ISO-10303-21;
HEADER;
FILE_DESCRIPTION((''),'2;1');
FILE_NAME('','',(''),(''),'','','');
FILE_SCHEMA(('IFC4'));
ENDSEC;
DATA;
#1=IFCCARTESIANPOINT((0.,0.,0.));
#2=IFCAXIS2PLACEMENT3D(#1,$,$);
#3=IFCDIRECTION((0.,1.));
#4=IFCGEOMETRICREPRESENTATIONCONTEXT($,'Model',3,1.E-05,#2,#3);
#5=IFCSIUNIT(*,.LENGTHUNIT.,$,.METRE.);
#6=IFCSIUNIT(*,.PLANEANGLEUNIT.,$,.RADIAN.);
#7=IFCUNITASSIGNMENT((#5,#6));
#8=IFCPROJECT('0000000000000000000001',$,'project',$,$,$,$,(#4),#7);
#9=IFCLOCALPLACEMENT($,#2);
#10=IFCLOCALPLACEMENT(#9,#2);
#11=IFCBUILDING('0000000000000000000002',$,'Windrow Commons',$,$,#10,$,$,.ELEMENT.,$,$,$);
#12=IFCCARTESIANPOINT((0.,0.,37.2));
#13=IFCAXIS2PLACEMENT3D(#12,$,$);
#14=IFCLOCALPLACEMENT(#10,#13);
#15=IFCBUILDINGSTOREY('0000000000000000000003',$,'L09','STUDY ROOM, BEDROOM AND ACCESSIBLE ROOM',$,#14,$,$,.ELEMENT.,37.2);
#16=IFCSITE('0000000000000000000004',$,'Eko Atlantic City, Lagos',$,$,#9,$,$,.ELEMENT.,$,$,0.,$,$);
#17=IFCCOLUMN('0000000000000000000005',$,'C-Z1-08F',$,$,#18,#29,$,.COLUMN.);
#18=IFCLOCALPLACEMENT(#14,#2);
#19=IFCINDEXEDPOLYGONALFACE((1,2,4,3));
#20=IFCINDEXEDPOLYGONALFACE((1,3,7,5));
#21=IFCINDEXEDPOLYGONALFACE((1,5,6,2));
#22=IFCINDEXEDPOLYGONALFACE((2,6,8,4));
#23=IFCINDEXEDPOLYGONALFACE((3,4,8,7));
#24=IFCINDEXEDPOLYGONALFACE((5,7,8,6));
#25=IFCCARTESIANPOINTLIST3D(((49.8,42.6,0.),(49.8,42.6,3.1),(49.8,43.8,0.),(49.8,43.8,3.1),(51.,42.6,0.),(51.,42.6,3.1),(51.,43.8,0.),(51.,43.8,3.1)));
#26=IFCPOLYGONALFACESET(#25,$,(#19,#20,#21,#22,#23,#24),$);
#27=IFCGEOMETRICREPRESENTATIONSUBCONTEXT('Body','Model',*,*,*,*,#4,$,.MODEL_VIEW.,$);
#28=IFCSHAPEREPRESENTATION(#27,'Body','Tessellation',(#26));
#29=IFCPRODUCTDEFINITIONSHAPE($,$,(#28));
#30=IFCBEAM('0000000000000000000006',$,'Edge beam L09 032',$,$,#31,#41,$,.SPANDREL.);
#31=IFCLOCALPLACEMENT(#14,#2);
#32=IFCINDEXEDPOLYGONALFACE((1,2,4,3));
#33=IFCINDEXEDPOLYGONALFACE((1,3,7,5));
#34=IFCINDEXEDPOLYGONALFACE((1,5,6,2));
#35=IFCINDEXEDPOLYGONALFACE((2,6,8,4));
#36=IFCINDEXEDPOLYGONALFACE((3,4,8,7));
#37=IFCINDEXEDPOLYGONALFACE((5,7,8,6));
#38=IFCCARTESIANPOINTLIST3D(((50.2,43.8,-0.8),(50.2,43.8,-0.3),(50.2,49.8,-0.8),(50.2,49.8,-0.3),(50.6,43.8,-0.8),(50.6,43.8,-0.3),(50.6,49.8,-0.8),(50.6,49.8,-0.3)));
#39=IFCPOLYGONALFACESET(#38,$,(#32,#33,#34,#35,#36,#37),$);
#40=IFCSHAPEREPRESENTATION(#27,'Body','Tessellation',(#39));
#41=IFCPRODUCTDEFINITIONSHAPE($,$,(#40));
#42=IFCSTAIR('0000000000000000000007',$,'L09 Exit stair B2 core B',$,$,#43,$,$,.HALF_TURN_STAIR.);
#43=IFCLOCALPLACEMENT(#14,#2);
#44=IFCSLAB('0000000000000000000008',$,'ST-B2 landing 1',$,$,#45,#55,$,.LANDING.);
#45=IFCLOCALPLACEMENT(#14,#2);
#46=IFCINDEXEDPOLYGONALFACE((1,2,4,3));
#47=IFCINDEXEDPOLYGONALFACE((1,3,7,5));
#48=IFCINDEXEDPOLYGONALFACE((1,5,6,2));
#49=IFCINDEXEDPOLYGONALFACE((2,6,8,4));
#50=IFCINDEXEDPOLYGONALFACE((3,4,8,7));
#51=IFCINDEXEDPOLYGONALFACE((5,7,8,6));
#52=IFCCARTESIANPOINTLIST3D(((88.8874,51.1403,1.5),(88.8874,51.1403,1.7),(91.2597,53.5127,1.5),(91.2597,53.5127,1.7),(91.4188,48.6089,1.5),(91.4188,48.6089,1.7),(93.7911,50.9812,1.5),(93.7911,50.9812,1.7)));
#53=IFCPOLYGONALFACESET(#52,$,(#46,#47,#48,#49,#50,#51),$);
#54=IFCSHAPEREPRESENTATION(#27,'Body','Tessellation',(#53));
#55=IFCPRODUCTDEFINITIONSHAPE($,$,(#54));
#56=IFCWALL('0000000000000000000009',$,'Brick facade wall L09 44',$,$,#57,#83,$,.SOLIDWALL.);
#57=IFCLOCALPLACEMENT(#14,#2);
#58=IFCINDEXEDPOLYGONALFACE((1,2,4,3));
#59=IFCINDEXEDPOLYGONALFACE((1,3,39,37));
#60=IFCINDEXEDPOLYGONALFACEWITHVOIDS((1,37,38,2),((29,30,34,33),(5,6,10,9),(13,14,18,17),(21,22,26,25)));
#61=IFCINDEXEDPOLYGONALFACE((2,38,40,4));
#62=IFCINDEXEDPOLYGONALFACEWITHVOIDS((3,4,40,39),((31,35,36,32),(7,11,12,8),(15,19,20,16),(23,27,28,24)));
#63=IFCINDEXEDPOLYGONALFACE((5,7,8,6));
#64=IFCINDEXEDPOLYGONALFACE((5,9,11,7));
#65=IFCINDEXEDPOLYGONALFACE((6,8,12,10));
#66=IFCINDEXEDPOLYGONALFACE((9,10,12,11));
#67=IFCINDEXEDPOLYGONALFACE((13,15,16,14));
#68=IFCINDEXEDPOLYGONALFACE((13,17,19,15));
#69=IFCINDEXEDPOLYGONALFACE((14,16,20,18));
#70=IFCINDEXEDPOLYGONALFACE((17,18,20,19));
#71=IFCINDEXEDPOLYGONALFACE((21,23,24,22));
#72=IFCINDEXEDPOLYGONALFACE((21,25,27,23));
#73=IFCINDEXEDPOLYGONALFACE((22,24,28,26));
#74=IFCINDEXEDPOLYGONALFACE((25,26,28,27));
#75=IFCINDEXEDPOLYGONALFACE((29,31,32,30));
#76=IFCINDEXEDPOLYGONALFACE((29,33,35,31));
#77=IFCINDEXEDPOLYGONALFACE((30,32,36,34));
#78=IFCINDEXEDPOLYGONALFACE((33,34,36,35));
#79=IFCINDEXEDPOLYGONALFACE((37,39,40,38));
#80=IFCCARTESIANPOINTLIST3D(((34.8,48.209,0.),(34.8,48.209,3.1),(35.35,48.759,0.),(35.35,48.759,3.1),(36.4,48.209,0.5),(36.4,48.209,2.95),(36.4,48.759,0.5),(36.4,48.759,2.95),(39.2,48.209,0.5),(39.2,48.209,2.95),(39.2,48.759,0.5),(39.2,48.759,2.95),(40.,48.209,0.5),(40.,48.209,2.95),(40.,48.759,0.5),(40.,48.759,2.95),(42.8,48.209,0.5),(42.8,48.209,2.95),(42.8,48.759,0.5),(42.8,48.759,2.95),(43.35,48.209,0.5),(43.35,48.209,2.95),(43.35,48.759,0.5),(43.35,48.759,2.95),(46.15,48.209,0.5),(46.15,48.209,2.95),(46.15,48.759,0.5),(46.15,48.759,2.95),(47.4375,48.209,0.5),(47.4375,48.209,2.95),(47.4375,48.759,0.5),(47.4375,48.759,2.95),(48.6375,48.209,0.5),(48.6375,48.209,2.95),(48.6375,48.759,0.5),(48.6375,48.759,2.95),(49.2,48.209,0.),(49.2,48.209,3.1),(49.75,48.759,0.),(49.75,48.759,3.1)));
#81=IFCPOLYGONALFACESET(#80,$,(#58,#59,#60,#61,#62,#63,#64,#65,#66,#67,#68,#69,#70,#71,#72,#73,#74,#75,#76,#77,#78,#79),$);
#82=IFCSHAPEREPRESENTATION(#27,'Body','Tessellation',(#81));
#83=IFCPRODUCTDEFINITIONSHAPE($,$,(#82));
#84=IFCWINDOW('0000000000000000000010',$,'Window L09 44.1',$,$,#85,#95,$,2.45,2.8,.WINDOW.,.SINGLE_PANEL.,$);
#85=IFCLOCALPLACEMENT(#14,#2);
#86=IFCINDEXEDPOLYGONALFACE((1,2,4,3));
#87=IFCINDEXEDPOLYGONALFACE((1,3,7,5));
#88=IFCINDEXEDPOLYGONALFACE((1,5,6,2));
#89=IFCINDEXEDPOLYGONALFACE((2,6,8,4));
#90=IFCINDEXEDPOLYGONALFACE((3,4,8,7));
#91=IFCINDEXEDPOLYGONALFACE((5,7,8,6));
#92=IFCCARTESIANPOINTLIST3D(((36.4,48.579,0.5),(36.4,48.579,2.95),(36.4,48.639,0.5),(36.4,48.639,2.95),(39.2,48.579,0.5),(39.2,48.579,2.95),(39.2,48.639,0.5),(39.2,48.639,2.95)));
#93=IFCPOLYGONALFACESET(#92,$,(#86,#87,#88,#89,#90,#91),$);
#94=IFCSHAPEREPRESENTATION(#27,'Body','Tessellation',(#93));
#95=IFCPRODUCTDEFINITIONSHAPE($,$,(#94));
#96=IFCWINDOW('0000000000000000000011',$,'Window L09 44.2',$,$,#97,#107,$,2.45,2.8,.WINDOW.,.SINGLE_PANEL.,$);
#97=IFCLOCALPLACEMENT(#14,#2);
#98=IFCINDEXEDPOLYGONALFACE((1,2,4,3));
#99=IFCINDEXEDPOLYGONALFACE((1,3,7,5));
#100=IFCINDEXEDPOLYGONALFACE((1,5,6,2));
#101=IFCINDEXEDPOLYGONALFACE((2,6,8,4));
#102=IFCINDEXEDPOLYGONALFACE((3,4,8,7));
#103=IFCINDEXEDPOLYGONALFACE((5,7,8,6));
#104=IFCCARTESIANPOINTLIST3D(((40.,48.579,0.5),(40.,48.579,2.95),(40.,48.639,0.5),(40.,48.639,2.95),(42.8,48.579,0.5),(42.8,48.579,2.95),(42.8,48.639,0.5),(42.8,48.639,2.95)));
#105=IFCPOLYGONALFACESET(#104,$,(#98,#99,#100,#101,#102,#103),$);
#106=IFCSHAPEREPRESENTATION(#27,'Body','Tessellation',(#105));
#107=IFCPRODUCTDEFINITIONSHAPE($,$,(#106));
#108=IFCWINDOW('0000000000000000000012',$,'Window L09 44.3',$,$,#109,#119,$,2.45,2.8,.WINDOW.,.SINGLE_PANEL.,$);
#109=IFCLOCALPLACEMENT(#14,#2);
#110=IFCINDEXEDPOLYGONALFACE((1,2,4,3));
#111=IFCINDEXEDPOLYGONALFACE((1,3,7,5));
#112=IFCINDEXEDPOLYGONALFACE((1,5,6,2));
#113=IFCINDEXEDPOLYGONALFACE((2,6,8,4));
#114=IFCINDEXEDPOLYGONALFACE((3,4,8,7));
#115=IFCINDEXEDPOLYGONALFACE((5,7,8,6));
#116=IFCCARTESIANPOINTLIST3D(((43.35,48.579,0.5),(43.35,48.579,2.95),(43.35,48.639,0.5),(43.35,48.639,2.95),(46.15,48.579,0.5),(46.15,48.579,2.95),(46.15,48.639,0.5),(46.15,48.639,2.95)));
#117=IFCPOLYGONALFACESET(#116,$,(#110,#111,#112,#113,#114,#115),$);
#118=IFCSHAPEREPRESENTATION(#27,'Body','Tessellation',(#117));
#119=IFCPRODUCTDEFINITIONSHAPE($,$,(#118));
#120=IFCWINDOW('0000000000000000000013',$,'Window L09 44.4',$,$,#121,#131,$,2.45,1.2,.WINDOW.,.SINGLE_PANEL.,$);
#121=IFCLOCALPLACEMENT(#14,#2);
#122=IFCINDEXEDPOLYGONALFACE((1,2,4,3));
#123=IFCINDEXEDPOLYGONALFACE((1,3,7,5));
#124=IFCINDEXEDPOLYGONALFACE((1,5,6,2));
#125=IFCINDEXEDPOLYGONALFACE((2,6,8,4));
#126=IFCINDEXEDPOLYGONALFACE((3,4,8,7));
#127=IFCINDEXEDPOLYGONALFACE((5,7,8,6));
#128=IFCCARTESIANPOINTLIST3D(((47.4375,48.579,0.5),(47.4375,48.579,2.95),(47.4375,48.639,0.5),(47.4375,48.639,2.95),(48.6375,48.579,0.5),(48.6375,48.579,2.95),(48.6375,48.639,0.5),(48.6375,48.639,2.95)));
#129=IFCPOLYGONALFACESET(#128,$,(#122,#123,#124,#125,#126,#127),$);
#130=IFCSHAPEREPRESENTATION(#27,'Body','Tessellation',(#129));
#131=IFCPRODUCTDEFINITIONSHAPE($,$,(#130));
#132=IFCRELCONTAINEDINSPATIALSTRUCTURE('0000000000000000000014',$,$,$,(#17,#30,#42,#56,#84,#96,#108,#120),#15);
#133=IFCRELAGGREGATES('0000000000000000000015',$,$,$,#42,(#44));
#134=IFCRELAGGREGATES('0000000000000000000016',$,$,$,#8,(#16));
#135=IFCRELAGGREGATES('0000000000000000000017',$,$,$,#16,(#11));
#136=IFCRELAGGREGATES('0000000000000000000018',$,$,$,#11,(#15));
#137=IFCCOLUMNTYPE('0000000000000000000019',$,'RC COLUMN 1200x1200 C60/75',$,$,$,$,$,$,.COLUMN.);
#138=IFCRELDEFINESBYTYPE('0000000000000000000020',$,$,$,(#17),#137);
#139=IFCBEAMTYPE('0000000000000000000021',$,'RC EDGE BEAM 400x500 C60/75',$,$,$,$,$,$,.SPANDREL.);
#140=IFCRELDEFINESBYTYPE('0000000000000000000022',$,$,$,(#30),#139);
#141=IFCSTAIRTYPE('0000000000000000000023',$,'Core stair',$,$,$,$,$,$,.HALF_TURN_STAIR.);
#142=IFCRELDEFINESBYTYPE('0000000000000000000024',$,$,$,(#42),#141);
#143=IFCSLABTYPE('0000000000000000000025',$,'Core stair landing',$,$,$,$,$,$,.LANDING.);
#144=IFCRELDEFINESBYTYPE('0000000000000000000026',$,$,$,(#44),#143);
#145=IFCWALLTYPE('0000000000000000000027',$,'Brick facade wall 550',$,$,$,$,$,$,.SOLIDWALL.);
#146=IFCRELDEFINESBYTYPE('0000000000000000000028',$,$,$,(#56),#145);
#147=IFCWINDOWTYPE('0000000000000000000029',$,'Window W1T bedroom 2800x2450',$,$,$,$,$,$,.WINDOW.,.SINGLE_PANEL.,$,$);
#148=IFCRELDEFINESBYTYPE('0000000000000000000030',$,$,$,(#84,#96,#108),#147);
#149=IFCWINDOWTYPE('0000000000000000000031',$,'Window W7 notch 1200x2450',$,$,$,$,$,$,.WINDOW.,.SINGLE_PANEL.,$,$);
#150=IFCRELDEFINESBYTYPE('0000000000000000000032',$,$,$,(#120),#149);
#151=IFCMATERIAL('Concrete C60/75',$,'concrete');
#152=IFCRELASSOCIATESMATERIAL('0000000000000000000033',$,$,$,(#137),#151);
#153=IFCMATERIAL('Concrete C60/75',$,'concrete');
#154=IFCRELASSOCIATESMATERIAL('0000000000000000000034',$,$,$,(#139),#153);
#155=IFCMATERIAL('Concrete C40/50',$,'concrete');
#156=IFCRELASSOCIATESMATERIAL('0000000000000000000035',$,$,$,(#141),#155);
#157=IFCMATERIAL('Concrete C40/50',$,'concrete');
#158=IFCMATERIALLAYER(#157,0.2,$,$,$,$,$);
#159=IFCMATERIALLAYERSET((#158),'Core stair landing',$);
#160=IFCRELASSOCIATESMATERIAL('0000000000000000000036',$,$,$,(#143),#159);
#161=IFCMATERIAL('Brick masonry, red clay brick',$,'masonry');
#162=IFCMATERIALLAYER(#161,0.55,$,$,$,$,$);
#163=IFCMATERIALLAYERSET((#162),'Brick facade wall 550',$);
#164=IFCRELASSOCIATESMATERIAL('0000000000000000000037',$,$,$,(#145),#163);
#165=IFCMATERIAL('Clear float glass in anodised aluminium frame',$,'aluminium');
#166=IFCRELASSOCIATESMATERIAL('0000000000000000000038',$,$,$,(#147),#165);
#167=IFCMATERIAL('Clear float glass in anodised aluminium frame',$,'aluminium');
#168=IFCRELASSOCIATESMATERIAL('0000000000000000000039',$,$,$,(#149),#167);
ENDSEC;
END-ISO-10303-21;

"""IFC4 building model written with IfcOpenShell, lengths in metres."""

from ifc_helpers import new_model, si_unit, direction, frame, frame_2d, origin, origin_2d, place, context, subcontext, project, spatial, polyline, rectangle, outline, extrude, material, layer, layer_set, material_profile, profile_set, type_object, element, fill, aggregate, save


model = new_model("IFC4")

# Units and contexts
model_context = context("Model", 3, precision=1e-05, world=origin(), true_north=direction((0.0, 1.0)))
body_context = subcontext(model_context, "Body", "Model", "MODEL_VIEW")
ifc_project = project(units=[si_unit("LENGTHUNIT", "METRE"), si_unit("PLANEANGLEUNIT", "RADIAN")], contexts=[model_context])

# Site, building, storey
site_placement = place(None, origin())
site = spatial("IfcSite", under=ifc_project, at=site_placement, Name="Eko Atlantic City, Lagos", CompositionType="ELEMENT", RefElevation=0.0)
building_placement = place(site_placement, origin())
building = spatial("IfcBuilding", under=site, at=building_placement, Name="Windrow Commons", CompositionType="ELEMENT")
storey_placement = place(building_placement, frame((0.0, 0.0, 37.2)))
storey = spatial("IfcBuildingStorey", under=building, at=storey_placement, Name="L09", Description="STUDY ROOM, BEDROOM AND ACCESSIBLE ROOM", CompositionType="ELEMENT", Elevation=37.2)

# Column
ifc_material_1 = material(Name="Concrete C60/75", Category="concrete")
ifc_material_profile_1 = material_profile(ifc_material_1, rectangle(XDim=1.2, YDim=1.2, at=origin_2d()))
ifc_profile_set_1 = profile_set([ifc_material_profile_1], Name="Concrete C60/75")
column_type = type_object("IfcColumnType", Name="RC COLUMN 1200x1200 C60/75", PredefinedType="COLUMN", material=ifc_profile_set_1)
column_placement = place(storey_placement, frame((50.4, 43.2, 0.0), z_axis=(0.0, 0.0, 1.0), x_axis=(1.0, 0.0, 0.0)))
element("IfcColumn", 1, at=column_placement, inside=storey, type_object=column_type, Name="C-Z1-08F", PredefinedType="COLUMN", context=body_context, shape_type="SweptSolid", body=[
    extrude(rectangle(XDim=1.2, YDim=1.2, at=origin_2d()), origin(), (0.0, 0.0, 1.0), 3.1),
])

# Beam
ifc_material_2 = material(Name="Concrete C60/75", Category="concrete")
ifc_material_profile_2 = material_profile(ifc_material_2, rectangle(XDim=0.4, YDim=0.5, at=origin_2d()))
ifc_profile_set_2 = profile_set([ifc_material_profile_2], Name="Concrete C60/75")
beam_type = type_object("IfcBeamType", Name="RC EDGE BEAM 400x500 C60/75", PredefinedType="SPANDREL", material=ifc_profile_set_2)
beam_placement = place(storey_placement, frame((50.4, 43.8, -0.55), z_axis=(0.0, 1.0, 0.0), x_axis=(-1.0, 0.0, 0.0)))
element("IfcBeam", 2, at=beam_placement, inside=storey, type_object=beam_type, Name="Edge beam L09 032", PredefinedType="SPANDREL", context=body_context, shape_type="SweptSolid", body=[
    extrude(rectangle(XDim=0.4, YDim=0.5, at=origin_2d()), origin(), (0.0, 0.0, 1.0), 6.0),
])

# Stair, slab
ifc_material_3 = material(Name="Concrete C40/50", Category="concrete")
stair_type = type_object("IfcStairType", Name="Core stair", PredefinedType="HALF_TURN_STAIR", material=ifc_material_3)
stair_placement = place(storey_placement, origin())
stair = element("IfcStair", 3, at=stair_placement, inside=storey, type_object=stair_type, Name="L09 Exit stair B2 core B", PredefinedType="HALF_TURN_STAIR")
ifc_material_4 = material(Name="Concrete C40/50", Category="concrete")
ifc_layer_1 = layer(ifc_material_4, 0.2)
ifc_layer_set_1 = layer_set([ifc_layer_1], Name="Core stair landing")
slab_type = type_object("IfcSlabType", Name="Core stair landing", PredefinedType="LANDING", material=ifc_layer_set_1)
slab_placement = place(storey_placement, frame((0.0, 0.0, 1.5)))
slab = element("IfcSlab", 4, at=slab_placement, type_object=slab_type, Name="ST-B2 landing 1", PredefinedType="LANDING", context=body_context, shape_type="SweptSolid", body=[
    extrude(outline(polyline([(88.8874, 51.1403), (91.4188, 48.6089), (93.7911, 50.9812), (91.2597, 53.5127), (88.8874, 51.1403)])), origin(), (0.0, 0.0, 1.0), 0.2),
])
aggregate(stair, [slab])

# Wall, openings, windows
ifc_material_5 = material(Name="Brick masonry, red clay brick", Category="masonry")
ifc_layer_2 = layer(ifc_material_5, 0.55)
ifc_layer_set_2 = layer_set([ifc_layer_2], Name="Brick facade wall 550")
wall_type_1 = type_object("IfcWallType", Name="Brick facade wall 550", PredefinedType="SOLIDWALL", material=ifc_layer_set_2)
wall_1_placement = place(storey_placement, frame((35.075, 48.484, 0.0), z_axis=(0.0, 0.0, 1.0), x_axis=(1.0, 0.0, 0.0)))
wall_1 = element("IfcWall", 5, at=wall_1_placement, inside=storey, type_object=wall_type_1, Name="Brick facade wall L09 44", PredefinedType="SOLIDWALL", context=body_context, shape_type="SweptSolid", body=[
    extrude(outline(polyline([(-0.275, -0.275), (14.125, -0.275), (14.675, 0.275), (0.275, 0.275), (-0.275, -0.275)])), origin(), (0.0, 0.0, 1.0), 3.1),
])
opening_1_placement = place(wall_1_placement, frame((1.325, 0.0, 0.5)))
opening_1 = element("IfcOpeningElement", 6, at=opening_1_placement, cuts=wall_1, PredefinedType="OPENING", context=body_context, shape_type="SweptSolid", body=[
    extrude(rectangle(XDim=2.8, YDim=2.45, at=frame_2d((1.4, 1.225))), frame((0.0, 0.285, 0.0), z_axis=(0.0, -1.0, 0.0), x_axis=(1.0, 0.0, 0.0)), (0.0, 0.0, 1.0), 0.57),
])
opening_2_placement = place(wall_1_placement, frame((4.925, 0.0, 0.5)))
opening_2 = element("IfcOpeningElement", 7, at=opening_2_placement, cuts=wall_1, PredefinedType="OPENING", context=body_context, shape_type="SweptSolid", body=[
    extrude(rectangle(XDim=2.8, YDim=2.45, at=frame_2d((1.4, 1.225))), frame((0.0, 0.285, 0.0), z_axis=(0.0, -1.0, 0.0), x_axis=(1.0, 0.0, 0.0)), (0.0, 0.0, 1.0), 0.57),
])
opening_3_placement = place(wall_1_placement, frame((8.275, 0.0, 0.5)))
opening_3 = element("IfcOpeningElement", 8, at=opening_3_placement, cuts=wall_1, PredefinedType="OPENING", context=body_context, shape_type="SweptSolid", body=[
    extrude(rectangle(XDim=2.8, YDim=2.45, at=frame_2d((1.4, 1.225))), frame((0.0, 0.285, 0.0), z_axis=(0.0, -1.0, 0.0), x_axis=(1.0, 0.0, 0.0)), (0.0, 0.0, 1.0), 0.57),
])
opening_4_placement = place(wall_1_placement, frame((12.3625, 0.0, 0.5)))
opening_4 = element("IfcOpeningElement", 9, at=opening_4_placement, cuts=wall_1, PredefinedType="OPENING", context=body_context, shape_type="SweptSolid", body=[
    extrude(rectangle(XDim=1.2, YDim=2.45, at=frame_2d((0.6, 1.225))), frame((0.0, 0.285, 0.0), z_axis=(0.0, -1.0, 0.0), x_axis=(1.0, 0.0, 0.0)), (0.0, 0.0, 1.0), 0.57),
])
ifc_material_6 = material(Name="Clear float glass in anodised aluminium frame", Category="aluminium")
window_type_1 = type_object("IfcWindowType", Name="Window W1T bedroom 2800x2450", PartitioningType="SINGLE_PANEL", PredefinedType="WINDOW", material=ifc_material_6)
window_1_placement = place(opening_1_placement, origin())
window_1 = element("IfcWindow", 10, at=window_1_placement, inside=storey, type_object=window_type_1, Name="Window L09 44.1", OverallHeight=2.45, OverallWidth=2.8, PartitioningType="SINGLE_PANEL", PredefinedType="WINDOW", context=body_context, shape_type="SweptSolid", body=[
    extrude(rectangle(XDim=2.8, YDim=2.45, at=frame_2d((1.4, 1.225))), frame((0.0, 0.155, 0.0), z_axis=(0.0, -1.0, 0.0), x_axis=(1.0, 0.0, 0.0)), (0.0, 0.0, 1.0), 0.06),
])
fill(opening_1, window_1)
window_2_placement = place(opening_2_placement, origin())
window_2 = element("IfcWindow", 11, at=window_2_placement, inside=storey, type_object=window_type_1, Name="Window L09 44.2", OverallHeight=2.45, OverallWidth=2.8, PartitioningType="SINGLE_PANEL", PredefinedType="WINDOW", context=body_context, shape_type="SweptSolid", body=[
    extrude(rectangle(XDim=2.8, YDim=2.45, at=frame_2d((1.4, 1.225))), frame((0.0, 0.155, 0.0), z_axis=(0.0, -1.0, 0.0), x_axis=(1.0, 0.0, 0.0)), (0.0, 0.0, 1.0), 0.06),
])
fill(opening_2, window_2)
window_3_placement = place(opening_3_placement, origin())
window_3 = element("IfcWindow", 12, at=window_3_placement, inside=storey, type_object=window_type_1, Name="Window L09 44.3", OverallHeight=2.45, OverallWidth=2.8, PartitioningType="SINGLE_PANEL", PredefinedType="WINDOW", context=body_context, shape_type="SweptSolid", body=[
    extrude(rectangle(XDim=2.8, YDim=2.45, at=frame_2d((1.4, 1.225))), frame((0.0, 0.155, 0.0), z_axis=(0.0, -1.0, 0.0), x_axis=(1.0, 0.0, 0.0)), (0.0, 0.0, 1.0), 0.06),
])
fill(opening_3, window_3)
ifc_material_7 = material(Name="Clear float glass in anodised aluminium frame", Category="aluminium")
window_type_2 = type_object("IfcWindowType", Name="Window W7 notch 1200x2450", PartitioningType="SINGLE_PANEL", PredefinedType="WINDOW", material=ifc_material_7)
window_4_placement = place(opening_4_placement, origin())
window_4 = element("IfcWindow", 13, at=window_4_placement, inside=storey, type_object=window_type_2, Name="Window L09 44.4", OverallHeight=2.45, OverallWidth=1.2, PartitioningType="SINGLE_PANEL", PredefinedType="WINDOW", context=body_context, shape_type="SweptSolid", body=[
    extrude(rectangle(XDim=1.2, YDim=2.45, at=frame_2d((0.6, 1.225))), frame((0.0, 0.155, 0.0), z_axis=(0.0, -1.0, 0.0), x_axis=(1.0, 0.0, 0.0)), (0.0, 0.0, 1.0), 0.06),
])
fill(opening_4, window_4)

save(model, "model.ifc")
